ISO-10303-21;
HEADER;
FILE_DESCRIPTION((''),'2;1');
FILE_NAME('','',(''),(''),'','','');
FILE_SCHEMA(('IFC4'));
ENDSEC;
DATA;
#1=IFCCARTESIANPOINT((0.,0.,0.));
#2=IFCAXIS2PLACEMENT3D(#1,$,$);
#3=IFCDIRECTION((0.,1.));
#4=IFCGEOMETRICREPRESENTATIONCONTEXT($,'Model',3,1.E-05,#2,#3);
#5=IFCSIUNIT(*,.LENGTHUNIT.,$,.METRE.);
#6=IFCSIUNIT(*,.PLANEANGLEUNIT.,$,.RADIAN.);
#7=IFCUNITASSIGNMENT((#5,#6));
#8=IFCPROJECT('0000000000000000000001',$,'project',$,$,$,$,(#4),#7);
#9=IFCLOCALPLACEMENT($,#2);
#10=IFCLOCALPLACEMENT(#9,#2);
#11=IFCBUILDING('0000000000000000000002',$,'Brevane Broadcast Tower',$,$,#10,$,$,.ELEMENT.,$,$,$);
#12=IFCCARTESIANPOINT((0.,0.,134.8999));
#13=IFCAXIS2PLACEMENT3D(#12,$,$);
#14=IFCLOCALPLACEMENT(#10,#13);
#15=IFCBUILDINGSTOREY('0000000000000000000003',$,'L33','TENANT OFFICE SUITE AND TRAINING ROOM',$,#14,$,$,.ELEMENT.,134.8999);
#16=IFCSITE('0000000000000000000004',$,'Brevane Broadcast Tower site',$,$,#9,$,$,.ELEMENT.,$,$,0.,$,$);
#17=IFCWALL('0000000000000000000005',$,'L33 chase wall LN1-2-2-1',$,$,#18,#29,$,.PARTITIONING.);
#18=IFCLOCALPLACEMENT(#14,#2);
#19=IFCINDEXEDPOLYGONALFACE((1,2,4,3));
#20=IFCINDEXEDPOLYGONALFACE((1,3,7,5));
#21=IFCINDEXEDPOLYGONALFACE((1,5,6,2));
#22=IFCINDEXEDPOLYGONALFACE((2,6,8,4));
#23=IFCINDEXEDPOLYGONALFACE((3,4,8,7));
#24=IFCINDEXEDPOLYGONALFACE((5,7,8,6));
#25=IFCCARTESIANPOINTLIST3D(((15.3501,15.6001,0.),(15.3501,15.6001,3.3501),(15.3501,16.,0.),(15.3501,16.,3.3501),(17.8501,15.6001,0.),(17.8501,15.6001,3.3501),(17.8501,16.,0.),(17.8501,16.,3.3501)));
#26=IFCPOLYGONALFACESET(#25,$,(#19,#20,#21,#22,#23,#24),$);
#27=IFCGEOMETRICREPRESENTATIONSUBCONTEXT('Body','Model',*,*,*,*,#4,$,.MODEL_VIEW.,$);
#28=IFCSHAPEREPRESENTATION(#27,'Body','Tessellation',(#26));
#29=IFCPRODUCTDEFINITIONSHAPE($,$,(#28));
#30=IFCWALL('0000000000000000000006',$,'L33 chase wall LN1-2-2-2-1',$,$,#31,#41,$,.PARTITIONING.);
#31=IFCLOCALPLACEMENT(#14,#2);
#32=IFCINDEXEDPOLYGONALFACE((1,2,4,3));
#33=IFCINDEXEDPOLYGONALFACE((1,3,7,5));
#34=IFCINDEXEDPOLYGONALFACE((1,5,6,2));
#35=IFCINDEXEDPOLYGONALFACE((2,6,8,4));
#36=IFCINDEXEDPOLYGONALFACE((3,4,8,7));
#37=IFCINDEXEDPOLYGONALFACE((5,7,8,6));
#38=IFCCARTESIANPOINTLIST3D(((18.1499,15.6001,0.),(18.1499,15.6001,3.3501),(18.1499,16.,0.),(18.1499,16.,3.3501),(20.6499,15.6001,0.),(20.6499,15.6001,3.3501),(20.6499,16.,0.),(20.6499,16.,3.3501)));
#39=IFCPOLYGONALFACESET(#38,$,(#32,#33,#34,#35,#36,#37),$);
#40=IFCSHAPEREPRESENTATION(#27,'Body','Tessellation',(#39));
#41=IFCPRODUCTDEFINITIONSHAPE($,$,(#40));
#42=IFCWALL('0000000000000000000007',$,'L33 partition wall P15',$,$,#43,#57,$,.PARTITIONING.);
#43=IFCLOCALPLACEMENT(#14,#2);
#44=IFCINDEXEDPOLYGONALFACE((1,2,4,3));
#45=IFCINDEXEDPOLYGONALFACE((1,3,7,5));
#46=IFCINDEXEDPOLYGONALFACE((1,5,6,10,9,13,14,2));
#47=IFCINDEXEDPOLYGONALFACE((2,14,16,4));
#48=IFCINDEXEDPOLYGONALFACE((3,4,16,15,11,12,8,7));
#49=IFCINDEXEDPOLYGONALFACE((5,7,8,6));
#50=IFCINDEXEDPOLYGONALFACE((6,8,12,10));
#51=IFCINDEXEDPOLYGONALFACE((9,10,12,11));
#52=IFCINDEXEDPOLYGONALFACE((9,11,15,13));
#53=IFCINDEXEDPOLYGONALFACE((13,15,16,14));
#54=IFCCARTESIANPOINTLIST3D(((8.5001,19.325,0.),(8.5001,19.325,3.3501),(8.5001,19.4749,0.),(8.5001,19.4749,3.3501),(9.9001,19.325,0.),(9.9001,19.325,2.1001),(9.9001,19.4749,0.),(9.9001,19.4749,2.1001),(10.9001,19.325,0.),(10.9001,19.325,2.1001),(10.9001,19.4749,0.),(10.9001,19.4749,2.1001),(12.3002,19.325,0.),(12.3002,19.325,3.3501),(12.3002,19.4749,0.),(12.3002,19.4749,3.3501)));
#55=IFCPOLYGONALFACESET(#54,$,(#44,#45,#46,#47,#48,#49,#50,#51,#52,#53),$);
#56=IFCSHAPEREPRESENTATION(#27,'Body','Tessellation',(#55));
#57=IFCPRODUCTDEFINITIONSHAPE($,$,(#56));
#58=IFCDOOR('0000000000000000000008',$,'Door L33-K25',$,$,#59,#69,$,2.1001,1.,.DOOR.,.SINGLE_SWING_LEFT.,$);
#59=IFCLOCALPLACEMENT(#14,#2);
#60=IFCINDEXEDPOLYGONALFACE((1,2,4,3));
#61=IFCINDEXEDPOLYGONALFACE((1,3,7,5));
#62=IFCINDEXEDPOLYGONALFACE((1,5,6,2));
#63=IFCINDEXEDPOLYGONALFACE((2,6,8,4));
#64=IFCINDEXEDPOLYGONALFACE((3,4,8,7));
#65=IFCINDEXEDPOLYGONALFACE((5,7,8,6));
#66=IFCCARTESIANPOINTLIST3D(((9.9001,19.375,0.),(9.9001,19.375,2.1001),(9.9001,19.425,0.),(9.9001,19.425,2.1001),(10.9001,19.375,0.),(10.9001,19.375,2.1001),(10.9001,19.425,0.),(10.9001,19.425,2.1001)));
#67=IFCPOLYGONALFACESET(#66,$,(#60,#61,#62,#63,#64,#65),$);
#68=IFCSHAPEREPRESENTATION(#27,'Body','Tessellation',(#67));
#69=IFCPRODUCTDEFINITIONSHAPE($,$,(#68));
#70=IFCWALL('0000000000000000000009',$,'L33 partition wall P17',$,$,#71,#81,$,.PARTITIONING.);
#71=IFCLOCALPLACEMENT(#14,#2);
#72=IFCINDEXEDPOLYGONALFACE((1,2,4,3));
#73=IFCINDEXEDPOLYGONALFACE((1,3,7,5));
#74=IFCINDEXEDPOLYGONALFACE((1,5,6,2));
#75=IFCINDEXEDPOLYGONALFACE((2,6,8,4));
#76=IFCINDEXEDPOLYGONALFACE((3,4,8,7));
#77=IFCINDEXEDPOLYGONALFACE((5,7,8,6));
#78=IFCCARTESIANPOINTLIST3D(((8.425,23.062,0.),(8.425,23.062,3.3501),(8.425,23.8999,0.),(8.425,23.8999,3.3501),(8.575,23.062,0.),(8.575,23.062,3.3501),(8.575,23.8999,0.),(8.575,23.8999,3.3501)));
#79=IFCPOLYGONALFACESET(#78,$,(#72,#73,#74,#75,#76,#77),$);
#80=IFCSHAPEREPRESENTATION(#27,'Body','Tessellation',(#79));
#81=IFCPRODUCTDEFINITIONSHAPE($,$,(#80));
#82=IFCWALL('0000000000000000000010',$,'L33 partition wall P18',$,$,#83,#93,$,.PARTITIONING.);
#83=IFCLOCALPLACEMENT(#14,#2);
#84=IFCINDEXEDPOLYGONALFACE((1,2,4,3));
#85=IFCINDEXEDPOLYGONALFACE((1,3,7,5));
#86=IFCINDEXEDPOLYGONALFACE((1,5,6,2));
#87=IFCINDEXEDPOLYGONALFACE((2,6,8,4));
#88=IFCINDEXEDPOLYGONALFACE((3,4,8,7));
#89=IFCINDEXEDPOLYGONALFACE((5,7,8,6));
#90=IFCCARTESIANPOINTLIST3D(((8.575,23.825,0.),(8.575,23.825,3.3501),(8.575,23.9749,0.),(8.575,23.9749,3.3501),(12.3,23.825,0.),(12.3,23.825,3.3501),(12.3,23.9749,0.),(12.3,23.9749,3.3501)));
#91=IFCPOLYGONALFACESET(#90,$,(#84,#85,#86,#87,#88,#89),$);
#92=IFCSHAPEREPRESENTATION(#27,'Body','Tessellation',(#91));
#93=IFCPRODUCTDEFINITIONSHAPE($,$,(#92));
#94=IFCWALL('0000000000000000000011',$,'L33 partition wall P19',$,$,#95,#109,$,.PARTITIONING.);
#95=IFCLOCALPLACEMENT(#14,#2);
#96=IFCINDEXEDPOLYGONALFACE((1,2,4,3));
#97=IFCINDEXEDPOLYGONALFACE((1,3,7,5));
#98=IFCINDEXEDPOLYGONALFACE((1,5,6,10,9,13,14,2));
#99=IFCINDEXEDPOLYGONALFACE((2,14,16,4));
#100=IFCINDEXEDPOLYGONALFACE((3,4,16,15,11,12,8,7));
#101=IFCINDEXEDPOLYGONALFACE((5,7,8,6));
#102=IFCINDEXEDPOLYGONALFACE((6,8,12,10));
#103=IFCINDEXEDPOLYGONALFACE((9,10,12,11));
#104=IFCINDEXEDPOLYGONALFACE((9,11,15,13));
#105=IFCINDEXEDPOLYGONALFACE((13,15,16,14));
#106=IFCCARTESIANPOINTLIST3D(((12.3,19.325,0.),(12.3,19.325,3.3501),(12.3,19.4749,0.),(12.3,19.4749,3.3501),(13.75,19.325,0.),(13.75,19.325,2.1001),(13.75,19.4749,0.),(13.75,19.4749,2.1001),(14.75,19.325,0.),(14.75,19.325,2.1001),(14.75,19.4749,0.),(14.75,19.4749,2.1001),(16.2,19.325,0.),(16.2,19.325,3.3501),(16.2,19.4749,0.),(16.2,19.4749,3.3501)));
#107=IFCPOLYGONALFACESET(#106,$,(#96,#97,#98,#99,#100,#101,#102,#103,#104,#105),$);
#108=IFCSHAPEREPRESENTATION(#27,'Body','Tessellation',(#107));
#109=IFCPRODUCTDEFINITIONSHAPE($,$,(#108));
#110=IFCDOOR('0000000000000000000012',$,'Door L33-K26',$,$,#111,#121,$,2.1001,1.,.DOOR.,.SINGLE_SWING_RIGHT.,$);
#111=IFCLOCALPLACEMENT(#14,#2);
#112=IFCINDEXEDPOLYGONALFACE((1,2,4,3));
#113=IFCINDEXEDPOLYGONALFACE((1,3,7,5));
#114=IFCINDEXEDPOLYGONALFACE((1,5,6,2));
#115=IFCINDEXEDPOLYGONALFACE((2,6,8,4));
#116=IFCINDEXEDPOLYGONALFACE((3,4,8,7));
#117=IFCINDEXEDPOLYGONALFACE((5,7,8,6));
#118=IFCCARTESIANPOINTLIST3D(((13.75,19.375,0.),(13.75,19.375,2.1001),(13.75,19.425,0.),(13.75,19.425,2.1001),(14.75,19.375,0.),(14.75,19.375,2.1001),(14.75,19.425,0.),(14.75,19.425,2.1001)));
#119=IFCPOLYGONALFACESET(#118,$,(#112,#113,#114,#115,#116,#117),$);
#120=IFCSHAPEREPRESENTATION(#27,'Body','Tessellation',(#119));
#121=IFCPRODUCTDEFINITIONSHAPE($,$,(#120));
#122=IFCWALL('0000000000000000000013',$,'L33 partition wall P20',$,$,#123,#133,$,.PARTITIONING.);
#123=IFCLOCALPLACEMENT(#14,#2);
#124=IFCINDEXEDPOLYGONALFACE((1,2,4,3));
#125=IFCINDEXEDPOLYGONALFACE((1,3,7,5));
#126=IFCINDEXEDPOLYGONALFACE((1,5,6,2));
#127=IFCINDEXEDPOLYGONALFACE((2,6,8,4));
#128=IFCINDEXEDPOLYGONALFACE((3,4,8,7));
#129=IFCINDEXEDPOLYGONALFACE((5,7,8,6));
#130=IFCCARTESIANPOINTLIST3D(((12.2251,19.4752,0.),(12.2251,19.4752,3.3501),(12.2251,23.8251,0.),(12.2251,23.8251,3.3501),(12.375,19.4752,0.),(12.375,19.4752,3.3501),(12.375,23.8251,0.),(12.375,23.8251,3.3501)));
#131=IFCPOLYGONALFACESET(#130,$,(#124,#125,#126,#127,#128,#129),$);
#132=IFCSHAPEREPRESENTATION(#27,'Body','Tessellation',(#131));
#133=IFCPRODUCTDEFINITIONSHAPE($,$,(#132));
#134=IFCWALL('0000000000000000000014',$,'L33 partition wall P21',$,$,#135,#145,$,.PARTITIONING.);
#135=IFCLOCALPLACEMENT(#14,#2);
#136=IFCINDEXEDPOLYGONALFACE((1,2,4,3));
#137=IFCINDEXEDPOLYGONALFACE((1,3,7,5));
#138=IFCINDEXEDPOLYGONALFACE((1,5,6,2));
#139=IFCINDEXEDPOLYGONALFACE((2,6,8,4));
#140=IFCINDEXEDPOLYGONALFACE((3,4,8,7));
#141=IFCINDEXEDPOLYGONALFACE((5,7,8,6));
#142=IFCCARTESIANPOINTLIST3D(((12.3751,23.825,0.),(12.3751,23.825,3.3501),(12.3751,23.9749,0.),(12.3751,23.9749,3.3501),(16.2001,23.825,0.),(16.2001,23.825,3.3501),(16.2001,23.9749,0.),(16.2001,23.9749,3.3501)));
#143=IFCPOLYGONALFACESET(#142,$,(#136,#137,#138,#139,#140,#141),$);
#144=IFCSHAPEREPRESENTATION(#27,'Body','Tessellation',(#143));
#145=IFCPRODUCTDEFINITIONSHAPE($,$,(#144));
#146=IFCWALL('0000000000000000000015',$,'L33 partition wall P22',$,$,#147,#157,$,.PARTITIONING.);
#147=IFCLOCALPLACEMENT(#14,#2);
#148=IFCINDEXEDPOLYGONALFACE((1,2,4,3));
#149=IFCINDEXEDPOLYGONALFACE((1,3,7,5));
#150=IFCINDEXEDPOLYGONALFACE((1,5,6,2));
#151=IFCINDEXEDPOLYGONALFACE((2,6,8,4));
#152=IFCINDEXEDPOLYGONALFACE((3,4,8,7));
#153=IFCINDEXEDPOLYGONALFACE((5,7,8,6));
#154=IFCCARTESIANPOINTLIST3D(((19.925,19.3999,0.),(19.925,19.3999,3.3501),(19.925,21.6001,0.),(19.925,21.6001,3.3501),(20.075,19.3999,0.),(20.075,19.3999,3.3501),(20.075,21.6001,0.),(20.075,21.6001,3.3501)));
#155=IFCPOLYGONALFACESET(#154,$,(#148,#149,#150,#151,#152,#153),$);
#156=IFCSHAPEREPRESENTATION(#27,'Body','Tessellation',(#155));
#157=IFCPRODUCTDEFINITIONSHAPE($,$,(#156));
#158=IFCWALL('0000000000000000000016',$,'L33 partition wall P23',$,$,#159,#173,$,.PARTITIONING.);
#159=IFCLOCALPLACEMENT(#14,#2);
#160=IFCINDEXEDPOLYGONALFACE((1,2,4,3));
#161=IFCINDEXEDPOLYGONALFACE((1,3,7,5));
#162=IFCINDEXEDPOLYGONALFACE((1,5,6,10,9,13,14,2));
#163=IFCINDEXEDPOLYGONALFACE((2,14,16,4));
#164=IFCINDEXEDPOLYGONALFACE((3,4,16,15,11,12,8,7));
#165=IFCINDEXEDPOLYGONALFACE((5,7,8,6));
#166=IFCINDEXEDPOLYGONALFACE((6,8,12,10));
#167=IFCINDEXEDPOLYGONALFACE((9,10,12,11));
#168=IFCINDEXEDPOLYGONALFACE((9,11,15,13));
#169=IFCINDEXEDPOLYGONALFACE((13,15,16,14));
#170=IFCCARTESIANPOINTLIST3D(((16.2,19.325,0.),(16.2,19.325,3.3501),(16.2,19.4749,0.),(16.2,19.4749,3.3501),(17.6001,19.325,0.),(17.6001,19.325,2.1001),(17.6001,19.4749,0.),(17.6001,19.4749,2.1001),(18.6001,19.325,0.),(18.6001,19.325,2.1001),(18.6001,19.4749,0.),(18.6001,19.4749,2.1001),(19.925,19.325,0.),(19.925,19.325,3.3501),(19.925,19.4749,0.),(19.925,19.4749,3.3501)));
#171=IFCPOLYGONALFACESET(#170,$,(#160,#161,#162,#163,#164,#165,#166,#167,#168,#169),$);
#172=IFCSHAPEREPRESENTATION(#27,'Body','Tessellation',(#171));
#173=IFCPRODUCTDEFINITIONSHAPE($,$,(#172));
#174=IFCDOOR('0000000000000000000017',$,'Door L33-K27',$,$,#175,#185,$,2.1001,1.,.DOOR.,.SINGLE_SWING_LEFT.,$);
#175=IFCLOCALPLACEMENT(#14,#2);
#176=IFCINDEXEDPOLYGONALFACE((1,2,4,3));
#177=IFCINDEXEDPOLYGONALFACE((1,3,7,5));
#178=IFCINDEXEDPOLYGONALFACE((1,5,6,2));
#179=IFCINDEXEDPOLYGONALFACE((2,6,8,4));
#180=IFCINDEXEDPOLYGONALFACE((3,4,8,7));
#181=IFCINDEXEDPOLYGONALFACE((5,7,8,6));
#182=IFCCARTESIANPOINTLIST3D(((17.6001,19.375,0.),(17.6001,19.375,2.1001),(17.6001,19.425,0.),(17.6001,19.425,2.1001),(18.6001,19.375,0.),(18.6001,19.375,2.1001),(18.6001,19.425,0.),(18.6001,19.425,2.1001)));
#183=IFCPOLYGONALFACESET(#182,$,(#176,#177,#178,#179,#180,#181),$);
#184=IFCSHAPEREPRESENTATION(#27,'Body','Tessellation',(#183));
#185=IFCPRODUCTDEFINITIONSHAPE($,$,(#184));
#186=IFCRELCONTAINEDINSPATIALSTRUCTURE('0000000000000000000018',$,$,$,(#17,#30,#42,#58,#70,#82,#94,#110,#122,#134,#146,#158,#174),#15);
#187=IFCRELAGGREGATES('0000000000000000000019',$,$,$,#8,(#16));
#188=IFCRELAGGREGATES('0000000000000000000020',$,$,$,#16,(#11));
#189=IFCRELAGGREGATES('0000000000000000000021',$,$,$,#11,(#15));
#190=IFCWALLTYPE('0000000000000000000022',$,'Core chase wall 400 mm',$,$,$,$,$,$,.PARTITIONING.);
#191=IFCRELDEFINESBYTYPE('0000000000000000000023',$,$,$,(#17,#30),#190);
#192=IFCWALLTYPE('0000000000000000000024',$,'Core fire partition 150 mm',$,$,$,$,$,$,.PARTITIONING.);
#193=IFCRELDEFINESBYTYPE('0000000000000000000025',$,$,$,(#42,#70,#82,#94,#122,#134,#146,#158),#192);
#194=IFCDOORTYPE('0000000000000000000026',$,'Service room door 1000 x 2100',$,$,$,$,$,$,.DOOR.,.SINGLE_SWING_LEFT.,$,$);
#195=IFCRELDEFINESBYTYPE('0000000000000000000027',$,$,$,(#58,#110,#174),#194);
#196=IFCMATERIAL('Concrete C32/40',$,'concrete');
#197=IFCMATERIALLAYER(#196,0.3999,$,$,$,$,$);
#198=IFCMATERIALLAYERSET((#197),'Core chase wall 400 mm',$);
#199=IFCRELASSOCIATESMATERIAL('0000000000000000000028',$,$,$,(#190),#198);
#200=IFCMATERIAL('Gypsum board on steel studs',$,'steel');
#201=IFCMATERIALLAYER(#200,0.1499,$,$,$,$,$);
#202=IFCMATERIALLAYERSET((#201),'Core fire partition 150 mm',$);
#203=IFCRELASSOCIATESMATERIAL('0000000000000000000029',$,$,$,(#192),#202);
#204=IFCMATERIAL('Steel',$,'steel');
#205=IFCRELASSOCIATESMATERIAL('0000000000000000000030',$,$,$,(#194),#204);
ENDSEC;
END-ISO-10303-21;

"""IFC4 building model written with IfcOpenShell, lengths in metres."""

from ifc_helpers import new_model, si_unit, direction, frame, frame_2d, origin, place, context, subcontext, project, spatial, rectangle, extrude, material, layer, layer_set, type_object, element, fill, save


model = new_model("IFC4")

# Units and contexts
model_context = context("Model", 3, precision=1e-05, world=origin(), true_north=direction((0.0, 1.0)))
body_context = subcontext(model_context, "Body", "Model", "MODEL_VIEW")
ifc_project = project(units=[si_unit("LENGTHUNIT", "METRE"), si_unit("PLANEANGLEUNIT", "RADIAN")], contexts=[model_context])

# Site, building, storey
site_placement = place(None, origin())
site = spatial("IfcSite", under=ifc_project, at=site_placement, Name="Brevane Broadcast Tower site", CompositionType="ELEMENT", RefElevation=0.0)
building_placement = place(site_placement, origin())
building = spatial("IfcBuilding", under=site, at=building_placement, Name="Brevane Broadcast Tower", CompositionType="ELEMENT")
storey_placement = place(building_placement, frame((0.0, 0.0, 134.8999)))
storey = spatial("IfcBuildingStorey", under=building, at=storey_placement, Name="L33", Description="TENANT OFFICE SUITE AND TRAINING ROOM", CompositionType="ELEMENT", Elevation=134.8999)

# Walls
ifc_material_1 = material(Name="Concrete C32/40", Category="concrete")
ifc_layer_1 = layer(ifc_material_1, 0.3999)
ifc_layer_set_1 = layer_set([ifc_layer_1], Name="Core chase wall 400 mm")
wall_type_1 = type_object("IfcWallType", Name="Core chase wall 400 mm", PredefinedType="PARTITIONING", material=ifc_layer_set_1)
for number, where, z_axis, x_axis, name in (
    (1, (15.3501, 15.8, 0.0), (0.0, 0.0, 1.0), (1.0, 0.0, 0.0), "L33 chase wall LN1-2-2-1"),
    (2, (18.1499, 15.8, 0.0), (0.0, 0.0, 1.0), (1.0, 0.0, 0.0), "L33 chase wall LN1-2-2-2-1"),
):
    element("IfcWall", number, at=place(storey_placement, frame(where, z_axis=z_axis, x_axis=x_axis)), inside=storey, type_object=wall_type_1, Name=name, PredefinedType="PARTITIONING", context=body_context, shape_type="SweptSolid", body=[
        extrude(rectangle(XDim=2.5, YDim=0.3999, at=frame_2d((1.25, 0.0))), origin(), (0.0, 0.0, 1.0), 3.3501),
    ])

# Wall, opening, door
ifc_material_2 = material(Name="Gypsum board on steel studs", Category="steel")
ifc_layer_2 = layer(ifc_material_2, 0.1499)
ifc_layer_set_2 = layer_set([ifc_layer_2], Name="Core fire partition 150 mm")
wall_type_2 = type_object("IfcWallType", Name="Core fire partition 150 mm", PredefinedType="PARTITIONING", material=ifc_layer_set_2)
wall_1_placement = place(storey_placement, frame((12.3, 19.3999, 0.0), z_axis=(0.0, 0.0, 1.0), x_axis=(-1.0, 0.0, 0.0)))
wall_1 = element("IfcWall", 3, at=wall_1_placement, inside=storey, type_object=wall_type_2, Name="L33 partition wall P15", PredefinedType="PARTITIONING", context=body_context, shape_type="SweptSolid", body=[
    extrude(rectangle(XDim=3.8, YDim=0.1499, at=frame_2d((1.8999, 0.0))), origin(), (0.0, 0.0, 1.0), 3.3501),
])
opening_1_placement = place(wall_1_placement, frame((1.3999, 0.0, 0.0)))
opening_1 = element("IfcOpeningElement", 4, at=opening_1_placement, cuts=wall_1, PredefinedType="OPENING", context=body_context, shape_type="SweptSolid", body=[
    extrude(rectangle(XDim=1.0, YDim=2.1001, at=frame_2d((0.5, 1.05))), frame((0.0, 0.085, 0.0), z_axis=(0.0, -1.0, 0.0), x_axis=(1.0, 0.0, 0.0)), (0.0, 0.0, 1.0), 0.1699),
])
ifc_material_3 = material(Name="Steel", Category="steel")
door_type_1 = type_object("IfcDoorType", Name="Service room door 1000 x 2100", OperationType="SINGLE_SWING_LEFT", PredefinedType="DOOR", material=ifc_material_3)
door_1_placement = place(opening_1_placement, origin())
door_1 = element("IfcDoor", 5, at=door_1_placement, inside=storey, type_object=door_type_1, Name="Door L33-K25", OperationType="SINGLE_SWING_LEFT", OverallHeight=2.1001, OverallWidth=1.0, PredefinedType="DOOR", context=body_context, shape_type="SweptSolid", body=[
    extrude(rectangle(XDim=1.0, YDim=2.1001, at=frame_2d((0.5, 1.05))), frame((0.0, 0.0249, 0.0), z_axis=(0.0, -1.0, 0.0), x_axis=(1.0, 0.0, 0.0)), (0.0, 0.0, 1.0), 0.05),
])
fill(opening_1, door_1)

# Walls
wall_2_placement = place(storey_placement, frame((8.5, 23.062, 0.0), z_axis=(0.0, 0.0, 1.0), x_axis=(0.0, 1.0, 0.0)))
element("IfcWall", 6, at=wall_2_placement, inside=storey, type_object=wall_type_2, Name="L33 partition wall P17", PredefinedType="PARTITIONING", context=body_context, shape_type="SweptSolid", body=[
    extrude(rectangle(XDim=0.8379, YDim=0.1499, at=frame_2d((0.4189, 0.0))), origin(), (0.0, 0.0, 1.0), 3.3501),
])
wall_3_placement = place(storey_placement, frame((8.575, 23.8999, 0.0), z_axis=(0.0, 0.0, 1.0), x_axis=(1.0, 0.0, 0.0)))
element("IfcWall", 7, at=wall_3_placement, inside=storey, type_object=wall_type_2, Name="L33 partition wall P18", PredefinedType="PARTITIONING", context=body_context, shape_type="SweptSolid", body=[
    extrude(rectangle(XDim=3.7251, YDim=0.1499, at=frame_2d((1.8625, 0.0))), origin(), (0.0, 0.0, 1.0), 3.3501),
])

# Wall, opening, door
wall_4_placement = place(storey_placement, frame((16.2, 19.3999, 0.0), z_axis=(0.0, 0.0, 1.0), x_axis=(-1.0, 0.0, 0.0)))
wall_4 = element("IfcWall", 8, at=wall_4_placement, inside=storey, type_object=wall_type_2, Name="L33 partition wall P19", PredefinedType="PARTITIONING", context=body_context, shape_type="SweptSolid", body=[
    extrude(rectangle(XDim=3.8999, YDim=0.1499, at=frame_2d((1.95, 0.0))), origin(), (0.0, 0.0, 1.0), 3.3501),
])
opening_2_placement = place(wall_4_placement, frame((1.45, 0.0, 0.0)))
opening_2 = element("IfcOpeningElement", 9, at=opening_2_placement, cuts=wall_4, PredefinedType="OPENING", context=body_context, shape_type="SweptSolid", body=[
    extrude(rectangle(XDim=1.0, YDim=2.1001, at=frame_2d((0.5, 1.05))), frame((0.0, 0.085, 0.0), z_axis=(0.0, -1.0, 0.0), x_axis=(1.0, 0.0, 0.0)), (0.0, 0.0, 1.0), 0.1699),
])
door_2_placement = place(opening_2_placement, origin())
door_2 = element("IfcDoor", 10, at=door_2_placement, inside=storey, type_object=door_type_1, Name="Door L33-K26", OperationType="SINGLE_SWING_RIGHT", OverallHeight=2.1001, OverallWidth=1.0, PredefinedType="DOOR", context=body_context, shape_type="SweptSolid", body=[
    extrude(rectangle(XDim=1.0, YDim=2.1001, at=frame_2d((0.5, 1.05))), frame((0.0, 0.0249, 0.0), z_axis=(0.0, -1.0, 0.0), x_axis=(1.0, 0.0, 0.0)), (0.0, 0.0, 1.0), 0.05),
])
fill(opening_2, door_2)

# Walls
wall_5_placement = place(storey_placement, frame((12.3, 23.825, 0.0), z_axis=(0.0, 0.0, 1.0), x_axis=(0.0, -1.0, 0.0)))
element("IfcWall", 11, at=wall_5_placement, inside=storey, type_object=wall_type_2, Name="L33 partition wall P20", PredefinedType="PARTITIONING", context=body_context, shape_type="SweptSolid", body=[
    extrude(rectangle(XDim=4.3499, YDim=0.1499, at=frame_2d((2.1748, 0.0))), origin(), (0.0, 0.0, 1.0), 3.3501),
])
wall_6_placement = place(storey_placement, frame((12.375, 23.8999, 0.0), z_axis=(0.0, 0.0, 1.0), x_axis=(1.0, 0.0, 0.0)))
element("IfcWall", 12, at=wall_6_placement, inside=storey, type_object=wall_type_2, Name="L33 partition wall P21", PredefinedType="PARTITIONING", context=body_context, shape_type="SweptSolid", body=[
    extrude(rectangle(XDim=3.825, YDim=0.1499, at=frame_2d((1.9126, 0.0))), origin(), (0.0, 0.0, 1.0), 3.3501),
])
wall_7_placement = place(storey_placement, frame((20.0, 21.6001, 0.0), z_axis=(0.0, 0.0, 1.0), x_axis=(0.0, -1.0, 0.0)))
element("IfcWall", 13, at=wall_7_placement, inside=storey, type_object=wall_type_2, Name="L33 partition wall P22", PredefinedType="PARTITIONING", context=body_context, shape_type="SweptSolid", body=[
    extrude(rectangle(XDim=2.2002, YDim=0.1499, at=frame_2d((1.1001, 0.0))), origin(), (0.0, 0.0, 1.0), 3.3501),
])

# Wall, opening, door
wall_8_placement = place(storey_placement, frame((19.925, 19.3999, 0.0), z_axis=(0.0, 0.0, 1.0), x_axis=(-1.0, 0.0, 0.0)))
wall_8 = element("IfcWall", 14, at=wall_8_placement, inside=storey, type_object=wall_type_2, Name="L33 partition wall P23", PredefinedType="PARTITIONING", context=body_context, shape_type="SweptSolid", body=[
    extrude(rectangle(XDim=3.7251, YDim=0.1499, at=frame_2d((1.8625, 0.0))), origin(), (0.0, 0.0, 1.0), 3.3501),
])
opening_3_placement = place(wall_8_placement, frame((1.325, 0.0, 0.0)))
opening_3 = element("IfcOpeningElement", 15, at=opening_3_placement, cuts=wall_8, PredefinedType="OPENING", context=body_context, shape_type="SweptSolid", body=[
    extrude(rectangle(XDim=1.0, YDim=2.1001, at=frame_2d((0.5, 1.05))), frame((0.0, 0.085, 0.0), z_axis=(0.0, -1.0, 0.0), x_axis=(1.0, 0.0, 0.0)), (0.0, 0.0, 1.0), 0.1699),
])
door_3_placement = place(opening_3_placement, origin())
door_3 = element("IfcDoor", 16, at=door_3_placement, inside=storey, type_object=door_type_1, Name="Door L33-K27", OperationType="SINGLE_SWING_LEFT", OverallHeight=2.1001, OverallWidth=1.0, PredefinedType="DOOR", context=body_context, shape_type="SweptSolid", body=[
    extrude(rectangle(XDim=1.0, YDim=2.1001, at=frame_2d((0.5, 1.05))), frame((0.0, 0.0249, 0.0), z_axis=(0.0, -1.0, 0.0), x_axis=(1.0, 0.0, 0.0)), (0.0, 0.0, 1.0), 0.05),
])
fill(opening_3, door_3)

save(model, "model.ifc")
